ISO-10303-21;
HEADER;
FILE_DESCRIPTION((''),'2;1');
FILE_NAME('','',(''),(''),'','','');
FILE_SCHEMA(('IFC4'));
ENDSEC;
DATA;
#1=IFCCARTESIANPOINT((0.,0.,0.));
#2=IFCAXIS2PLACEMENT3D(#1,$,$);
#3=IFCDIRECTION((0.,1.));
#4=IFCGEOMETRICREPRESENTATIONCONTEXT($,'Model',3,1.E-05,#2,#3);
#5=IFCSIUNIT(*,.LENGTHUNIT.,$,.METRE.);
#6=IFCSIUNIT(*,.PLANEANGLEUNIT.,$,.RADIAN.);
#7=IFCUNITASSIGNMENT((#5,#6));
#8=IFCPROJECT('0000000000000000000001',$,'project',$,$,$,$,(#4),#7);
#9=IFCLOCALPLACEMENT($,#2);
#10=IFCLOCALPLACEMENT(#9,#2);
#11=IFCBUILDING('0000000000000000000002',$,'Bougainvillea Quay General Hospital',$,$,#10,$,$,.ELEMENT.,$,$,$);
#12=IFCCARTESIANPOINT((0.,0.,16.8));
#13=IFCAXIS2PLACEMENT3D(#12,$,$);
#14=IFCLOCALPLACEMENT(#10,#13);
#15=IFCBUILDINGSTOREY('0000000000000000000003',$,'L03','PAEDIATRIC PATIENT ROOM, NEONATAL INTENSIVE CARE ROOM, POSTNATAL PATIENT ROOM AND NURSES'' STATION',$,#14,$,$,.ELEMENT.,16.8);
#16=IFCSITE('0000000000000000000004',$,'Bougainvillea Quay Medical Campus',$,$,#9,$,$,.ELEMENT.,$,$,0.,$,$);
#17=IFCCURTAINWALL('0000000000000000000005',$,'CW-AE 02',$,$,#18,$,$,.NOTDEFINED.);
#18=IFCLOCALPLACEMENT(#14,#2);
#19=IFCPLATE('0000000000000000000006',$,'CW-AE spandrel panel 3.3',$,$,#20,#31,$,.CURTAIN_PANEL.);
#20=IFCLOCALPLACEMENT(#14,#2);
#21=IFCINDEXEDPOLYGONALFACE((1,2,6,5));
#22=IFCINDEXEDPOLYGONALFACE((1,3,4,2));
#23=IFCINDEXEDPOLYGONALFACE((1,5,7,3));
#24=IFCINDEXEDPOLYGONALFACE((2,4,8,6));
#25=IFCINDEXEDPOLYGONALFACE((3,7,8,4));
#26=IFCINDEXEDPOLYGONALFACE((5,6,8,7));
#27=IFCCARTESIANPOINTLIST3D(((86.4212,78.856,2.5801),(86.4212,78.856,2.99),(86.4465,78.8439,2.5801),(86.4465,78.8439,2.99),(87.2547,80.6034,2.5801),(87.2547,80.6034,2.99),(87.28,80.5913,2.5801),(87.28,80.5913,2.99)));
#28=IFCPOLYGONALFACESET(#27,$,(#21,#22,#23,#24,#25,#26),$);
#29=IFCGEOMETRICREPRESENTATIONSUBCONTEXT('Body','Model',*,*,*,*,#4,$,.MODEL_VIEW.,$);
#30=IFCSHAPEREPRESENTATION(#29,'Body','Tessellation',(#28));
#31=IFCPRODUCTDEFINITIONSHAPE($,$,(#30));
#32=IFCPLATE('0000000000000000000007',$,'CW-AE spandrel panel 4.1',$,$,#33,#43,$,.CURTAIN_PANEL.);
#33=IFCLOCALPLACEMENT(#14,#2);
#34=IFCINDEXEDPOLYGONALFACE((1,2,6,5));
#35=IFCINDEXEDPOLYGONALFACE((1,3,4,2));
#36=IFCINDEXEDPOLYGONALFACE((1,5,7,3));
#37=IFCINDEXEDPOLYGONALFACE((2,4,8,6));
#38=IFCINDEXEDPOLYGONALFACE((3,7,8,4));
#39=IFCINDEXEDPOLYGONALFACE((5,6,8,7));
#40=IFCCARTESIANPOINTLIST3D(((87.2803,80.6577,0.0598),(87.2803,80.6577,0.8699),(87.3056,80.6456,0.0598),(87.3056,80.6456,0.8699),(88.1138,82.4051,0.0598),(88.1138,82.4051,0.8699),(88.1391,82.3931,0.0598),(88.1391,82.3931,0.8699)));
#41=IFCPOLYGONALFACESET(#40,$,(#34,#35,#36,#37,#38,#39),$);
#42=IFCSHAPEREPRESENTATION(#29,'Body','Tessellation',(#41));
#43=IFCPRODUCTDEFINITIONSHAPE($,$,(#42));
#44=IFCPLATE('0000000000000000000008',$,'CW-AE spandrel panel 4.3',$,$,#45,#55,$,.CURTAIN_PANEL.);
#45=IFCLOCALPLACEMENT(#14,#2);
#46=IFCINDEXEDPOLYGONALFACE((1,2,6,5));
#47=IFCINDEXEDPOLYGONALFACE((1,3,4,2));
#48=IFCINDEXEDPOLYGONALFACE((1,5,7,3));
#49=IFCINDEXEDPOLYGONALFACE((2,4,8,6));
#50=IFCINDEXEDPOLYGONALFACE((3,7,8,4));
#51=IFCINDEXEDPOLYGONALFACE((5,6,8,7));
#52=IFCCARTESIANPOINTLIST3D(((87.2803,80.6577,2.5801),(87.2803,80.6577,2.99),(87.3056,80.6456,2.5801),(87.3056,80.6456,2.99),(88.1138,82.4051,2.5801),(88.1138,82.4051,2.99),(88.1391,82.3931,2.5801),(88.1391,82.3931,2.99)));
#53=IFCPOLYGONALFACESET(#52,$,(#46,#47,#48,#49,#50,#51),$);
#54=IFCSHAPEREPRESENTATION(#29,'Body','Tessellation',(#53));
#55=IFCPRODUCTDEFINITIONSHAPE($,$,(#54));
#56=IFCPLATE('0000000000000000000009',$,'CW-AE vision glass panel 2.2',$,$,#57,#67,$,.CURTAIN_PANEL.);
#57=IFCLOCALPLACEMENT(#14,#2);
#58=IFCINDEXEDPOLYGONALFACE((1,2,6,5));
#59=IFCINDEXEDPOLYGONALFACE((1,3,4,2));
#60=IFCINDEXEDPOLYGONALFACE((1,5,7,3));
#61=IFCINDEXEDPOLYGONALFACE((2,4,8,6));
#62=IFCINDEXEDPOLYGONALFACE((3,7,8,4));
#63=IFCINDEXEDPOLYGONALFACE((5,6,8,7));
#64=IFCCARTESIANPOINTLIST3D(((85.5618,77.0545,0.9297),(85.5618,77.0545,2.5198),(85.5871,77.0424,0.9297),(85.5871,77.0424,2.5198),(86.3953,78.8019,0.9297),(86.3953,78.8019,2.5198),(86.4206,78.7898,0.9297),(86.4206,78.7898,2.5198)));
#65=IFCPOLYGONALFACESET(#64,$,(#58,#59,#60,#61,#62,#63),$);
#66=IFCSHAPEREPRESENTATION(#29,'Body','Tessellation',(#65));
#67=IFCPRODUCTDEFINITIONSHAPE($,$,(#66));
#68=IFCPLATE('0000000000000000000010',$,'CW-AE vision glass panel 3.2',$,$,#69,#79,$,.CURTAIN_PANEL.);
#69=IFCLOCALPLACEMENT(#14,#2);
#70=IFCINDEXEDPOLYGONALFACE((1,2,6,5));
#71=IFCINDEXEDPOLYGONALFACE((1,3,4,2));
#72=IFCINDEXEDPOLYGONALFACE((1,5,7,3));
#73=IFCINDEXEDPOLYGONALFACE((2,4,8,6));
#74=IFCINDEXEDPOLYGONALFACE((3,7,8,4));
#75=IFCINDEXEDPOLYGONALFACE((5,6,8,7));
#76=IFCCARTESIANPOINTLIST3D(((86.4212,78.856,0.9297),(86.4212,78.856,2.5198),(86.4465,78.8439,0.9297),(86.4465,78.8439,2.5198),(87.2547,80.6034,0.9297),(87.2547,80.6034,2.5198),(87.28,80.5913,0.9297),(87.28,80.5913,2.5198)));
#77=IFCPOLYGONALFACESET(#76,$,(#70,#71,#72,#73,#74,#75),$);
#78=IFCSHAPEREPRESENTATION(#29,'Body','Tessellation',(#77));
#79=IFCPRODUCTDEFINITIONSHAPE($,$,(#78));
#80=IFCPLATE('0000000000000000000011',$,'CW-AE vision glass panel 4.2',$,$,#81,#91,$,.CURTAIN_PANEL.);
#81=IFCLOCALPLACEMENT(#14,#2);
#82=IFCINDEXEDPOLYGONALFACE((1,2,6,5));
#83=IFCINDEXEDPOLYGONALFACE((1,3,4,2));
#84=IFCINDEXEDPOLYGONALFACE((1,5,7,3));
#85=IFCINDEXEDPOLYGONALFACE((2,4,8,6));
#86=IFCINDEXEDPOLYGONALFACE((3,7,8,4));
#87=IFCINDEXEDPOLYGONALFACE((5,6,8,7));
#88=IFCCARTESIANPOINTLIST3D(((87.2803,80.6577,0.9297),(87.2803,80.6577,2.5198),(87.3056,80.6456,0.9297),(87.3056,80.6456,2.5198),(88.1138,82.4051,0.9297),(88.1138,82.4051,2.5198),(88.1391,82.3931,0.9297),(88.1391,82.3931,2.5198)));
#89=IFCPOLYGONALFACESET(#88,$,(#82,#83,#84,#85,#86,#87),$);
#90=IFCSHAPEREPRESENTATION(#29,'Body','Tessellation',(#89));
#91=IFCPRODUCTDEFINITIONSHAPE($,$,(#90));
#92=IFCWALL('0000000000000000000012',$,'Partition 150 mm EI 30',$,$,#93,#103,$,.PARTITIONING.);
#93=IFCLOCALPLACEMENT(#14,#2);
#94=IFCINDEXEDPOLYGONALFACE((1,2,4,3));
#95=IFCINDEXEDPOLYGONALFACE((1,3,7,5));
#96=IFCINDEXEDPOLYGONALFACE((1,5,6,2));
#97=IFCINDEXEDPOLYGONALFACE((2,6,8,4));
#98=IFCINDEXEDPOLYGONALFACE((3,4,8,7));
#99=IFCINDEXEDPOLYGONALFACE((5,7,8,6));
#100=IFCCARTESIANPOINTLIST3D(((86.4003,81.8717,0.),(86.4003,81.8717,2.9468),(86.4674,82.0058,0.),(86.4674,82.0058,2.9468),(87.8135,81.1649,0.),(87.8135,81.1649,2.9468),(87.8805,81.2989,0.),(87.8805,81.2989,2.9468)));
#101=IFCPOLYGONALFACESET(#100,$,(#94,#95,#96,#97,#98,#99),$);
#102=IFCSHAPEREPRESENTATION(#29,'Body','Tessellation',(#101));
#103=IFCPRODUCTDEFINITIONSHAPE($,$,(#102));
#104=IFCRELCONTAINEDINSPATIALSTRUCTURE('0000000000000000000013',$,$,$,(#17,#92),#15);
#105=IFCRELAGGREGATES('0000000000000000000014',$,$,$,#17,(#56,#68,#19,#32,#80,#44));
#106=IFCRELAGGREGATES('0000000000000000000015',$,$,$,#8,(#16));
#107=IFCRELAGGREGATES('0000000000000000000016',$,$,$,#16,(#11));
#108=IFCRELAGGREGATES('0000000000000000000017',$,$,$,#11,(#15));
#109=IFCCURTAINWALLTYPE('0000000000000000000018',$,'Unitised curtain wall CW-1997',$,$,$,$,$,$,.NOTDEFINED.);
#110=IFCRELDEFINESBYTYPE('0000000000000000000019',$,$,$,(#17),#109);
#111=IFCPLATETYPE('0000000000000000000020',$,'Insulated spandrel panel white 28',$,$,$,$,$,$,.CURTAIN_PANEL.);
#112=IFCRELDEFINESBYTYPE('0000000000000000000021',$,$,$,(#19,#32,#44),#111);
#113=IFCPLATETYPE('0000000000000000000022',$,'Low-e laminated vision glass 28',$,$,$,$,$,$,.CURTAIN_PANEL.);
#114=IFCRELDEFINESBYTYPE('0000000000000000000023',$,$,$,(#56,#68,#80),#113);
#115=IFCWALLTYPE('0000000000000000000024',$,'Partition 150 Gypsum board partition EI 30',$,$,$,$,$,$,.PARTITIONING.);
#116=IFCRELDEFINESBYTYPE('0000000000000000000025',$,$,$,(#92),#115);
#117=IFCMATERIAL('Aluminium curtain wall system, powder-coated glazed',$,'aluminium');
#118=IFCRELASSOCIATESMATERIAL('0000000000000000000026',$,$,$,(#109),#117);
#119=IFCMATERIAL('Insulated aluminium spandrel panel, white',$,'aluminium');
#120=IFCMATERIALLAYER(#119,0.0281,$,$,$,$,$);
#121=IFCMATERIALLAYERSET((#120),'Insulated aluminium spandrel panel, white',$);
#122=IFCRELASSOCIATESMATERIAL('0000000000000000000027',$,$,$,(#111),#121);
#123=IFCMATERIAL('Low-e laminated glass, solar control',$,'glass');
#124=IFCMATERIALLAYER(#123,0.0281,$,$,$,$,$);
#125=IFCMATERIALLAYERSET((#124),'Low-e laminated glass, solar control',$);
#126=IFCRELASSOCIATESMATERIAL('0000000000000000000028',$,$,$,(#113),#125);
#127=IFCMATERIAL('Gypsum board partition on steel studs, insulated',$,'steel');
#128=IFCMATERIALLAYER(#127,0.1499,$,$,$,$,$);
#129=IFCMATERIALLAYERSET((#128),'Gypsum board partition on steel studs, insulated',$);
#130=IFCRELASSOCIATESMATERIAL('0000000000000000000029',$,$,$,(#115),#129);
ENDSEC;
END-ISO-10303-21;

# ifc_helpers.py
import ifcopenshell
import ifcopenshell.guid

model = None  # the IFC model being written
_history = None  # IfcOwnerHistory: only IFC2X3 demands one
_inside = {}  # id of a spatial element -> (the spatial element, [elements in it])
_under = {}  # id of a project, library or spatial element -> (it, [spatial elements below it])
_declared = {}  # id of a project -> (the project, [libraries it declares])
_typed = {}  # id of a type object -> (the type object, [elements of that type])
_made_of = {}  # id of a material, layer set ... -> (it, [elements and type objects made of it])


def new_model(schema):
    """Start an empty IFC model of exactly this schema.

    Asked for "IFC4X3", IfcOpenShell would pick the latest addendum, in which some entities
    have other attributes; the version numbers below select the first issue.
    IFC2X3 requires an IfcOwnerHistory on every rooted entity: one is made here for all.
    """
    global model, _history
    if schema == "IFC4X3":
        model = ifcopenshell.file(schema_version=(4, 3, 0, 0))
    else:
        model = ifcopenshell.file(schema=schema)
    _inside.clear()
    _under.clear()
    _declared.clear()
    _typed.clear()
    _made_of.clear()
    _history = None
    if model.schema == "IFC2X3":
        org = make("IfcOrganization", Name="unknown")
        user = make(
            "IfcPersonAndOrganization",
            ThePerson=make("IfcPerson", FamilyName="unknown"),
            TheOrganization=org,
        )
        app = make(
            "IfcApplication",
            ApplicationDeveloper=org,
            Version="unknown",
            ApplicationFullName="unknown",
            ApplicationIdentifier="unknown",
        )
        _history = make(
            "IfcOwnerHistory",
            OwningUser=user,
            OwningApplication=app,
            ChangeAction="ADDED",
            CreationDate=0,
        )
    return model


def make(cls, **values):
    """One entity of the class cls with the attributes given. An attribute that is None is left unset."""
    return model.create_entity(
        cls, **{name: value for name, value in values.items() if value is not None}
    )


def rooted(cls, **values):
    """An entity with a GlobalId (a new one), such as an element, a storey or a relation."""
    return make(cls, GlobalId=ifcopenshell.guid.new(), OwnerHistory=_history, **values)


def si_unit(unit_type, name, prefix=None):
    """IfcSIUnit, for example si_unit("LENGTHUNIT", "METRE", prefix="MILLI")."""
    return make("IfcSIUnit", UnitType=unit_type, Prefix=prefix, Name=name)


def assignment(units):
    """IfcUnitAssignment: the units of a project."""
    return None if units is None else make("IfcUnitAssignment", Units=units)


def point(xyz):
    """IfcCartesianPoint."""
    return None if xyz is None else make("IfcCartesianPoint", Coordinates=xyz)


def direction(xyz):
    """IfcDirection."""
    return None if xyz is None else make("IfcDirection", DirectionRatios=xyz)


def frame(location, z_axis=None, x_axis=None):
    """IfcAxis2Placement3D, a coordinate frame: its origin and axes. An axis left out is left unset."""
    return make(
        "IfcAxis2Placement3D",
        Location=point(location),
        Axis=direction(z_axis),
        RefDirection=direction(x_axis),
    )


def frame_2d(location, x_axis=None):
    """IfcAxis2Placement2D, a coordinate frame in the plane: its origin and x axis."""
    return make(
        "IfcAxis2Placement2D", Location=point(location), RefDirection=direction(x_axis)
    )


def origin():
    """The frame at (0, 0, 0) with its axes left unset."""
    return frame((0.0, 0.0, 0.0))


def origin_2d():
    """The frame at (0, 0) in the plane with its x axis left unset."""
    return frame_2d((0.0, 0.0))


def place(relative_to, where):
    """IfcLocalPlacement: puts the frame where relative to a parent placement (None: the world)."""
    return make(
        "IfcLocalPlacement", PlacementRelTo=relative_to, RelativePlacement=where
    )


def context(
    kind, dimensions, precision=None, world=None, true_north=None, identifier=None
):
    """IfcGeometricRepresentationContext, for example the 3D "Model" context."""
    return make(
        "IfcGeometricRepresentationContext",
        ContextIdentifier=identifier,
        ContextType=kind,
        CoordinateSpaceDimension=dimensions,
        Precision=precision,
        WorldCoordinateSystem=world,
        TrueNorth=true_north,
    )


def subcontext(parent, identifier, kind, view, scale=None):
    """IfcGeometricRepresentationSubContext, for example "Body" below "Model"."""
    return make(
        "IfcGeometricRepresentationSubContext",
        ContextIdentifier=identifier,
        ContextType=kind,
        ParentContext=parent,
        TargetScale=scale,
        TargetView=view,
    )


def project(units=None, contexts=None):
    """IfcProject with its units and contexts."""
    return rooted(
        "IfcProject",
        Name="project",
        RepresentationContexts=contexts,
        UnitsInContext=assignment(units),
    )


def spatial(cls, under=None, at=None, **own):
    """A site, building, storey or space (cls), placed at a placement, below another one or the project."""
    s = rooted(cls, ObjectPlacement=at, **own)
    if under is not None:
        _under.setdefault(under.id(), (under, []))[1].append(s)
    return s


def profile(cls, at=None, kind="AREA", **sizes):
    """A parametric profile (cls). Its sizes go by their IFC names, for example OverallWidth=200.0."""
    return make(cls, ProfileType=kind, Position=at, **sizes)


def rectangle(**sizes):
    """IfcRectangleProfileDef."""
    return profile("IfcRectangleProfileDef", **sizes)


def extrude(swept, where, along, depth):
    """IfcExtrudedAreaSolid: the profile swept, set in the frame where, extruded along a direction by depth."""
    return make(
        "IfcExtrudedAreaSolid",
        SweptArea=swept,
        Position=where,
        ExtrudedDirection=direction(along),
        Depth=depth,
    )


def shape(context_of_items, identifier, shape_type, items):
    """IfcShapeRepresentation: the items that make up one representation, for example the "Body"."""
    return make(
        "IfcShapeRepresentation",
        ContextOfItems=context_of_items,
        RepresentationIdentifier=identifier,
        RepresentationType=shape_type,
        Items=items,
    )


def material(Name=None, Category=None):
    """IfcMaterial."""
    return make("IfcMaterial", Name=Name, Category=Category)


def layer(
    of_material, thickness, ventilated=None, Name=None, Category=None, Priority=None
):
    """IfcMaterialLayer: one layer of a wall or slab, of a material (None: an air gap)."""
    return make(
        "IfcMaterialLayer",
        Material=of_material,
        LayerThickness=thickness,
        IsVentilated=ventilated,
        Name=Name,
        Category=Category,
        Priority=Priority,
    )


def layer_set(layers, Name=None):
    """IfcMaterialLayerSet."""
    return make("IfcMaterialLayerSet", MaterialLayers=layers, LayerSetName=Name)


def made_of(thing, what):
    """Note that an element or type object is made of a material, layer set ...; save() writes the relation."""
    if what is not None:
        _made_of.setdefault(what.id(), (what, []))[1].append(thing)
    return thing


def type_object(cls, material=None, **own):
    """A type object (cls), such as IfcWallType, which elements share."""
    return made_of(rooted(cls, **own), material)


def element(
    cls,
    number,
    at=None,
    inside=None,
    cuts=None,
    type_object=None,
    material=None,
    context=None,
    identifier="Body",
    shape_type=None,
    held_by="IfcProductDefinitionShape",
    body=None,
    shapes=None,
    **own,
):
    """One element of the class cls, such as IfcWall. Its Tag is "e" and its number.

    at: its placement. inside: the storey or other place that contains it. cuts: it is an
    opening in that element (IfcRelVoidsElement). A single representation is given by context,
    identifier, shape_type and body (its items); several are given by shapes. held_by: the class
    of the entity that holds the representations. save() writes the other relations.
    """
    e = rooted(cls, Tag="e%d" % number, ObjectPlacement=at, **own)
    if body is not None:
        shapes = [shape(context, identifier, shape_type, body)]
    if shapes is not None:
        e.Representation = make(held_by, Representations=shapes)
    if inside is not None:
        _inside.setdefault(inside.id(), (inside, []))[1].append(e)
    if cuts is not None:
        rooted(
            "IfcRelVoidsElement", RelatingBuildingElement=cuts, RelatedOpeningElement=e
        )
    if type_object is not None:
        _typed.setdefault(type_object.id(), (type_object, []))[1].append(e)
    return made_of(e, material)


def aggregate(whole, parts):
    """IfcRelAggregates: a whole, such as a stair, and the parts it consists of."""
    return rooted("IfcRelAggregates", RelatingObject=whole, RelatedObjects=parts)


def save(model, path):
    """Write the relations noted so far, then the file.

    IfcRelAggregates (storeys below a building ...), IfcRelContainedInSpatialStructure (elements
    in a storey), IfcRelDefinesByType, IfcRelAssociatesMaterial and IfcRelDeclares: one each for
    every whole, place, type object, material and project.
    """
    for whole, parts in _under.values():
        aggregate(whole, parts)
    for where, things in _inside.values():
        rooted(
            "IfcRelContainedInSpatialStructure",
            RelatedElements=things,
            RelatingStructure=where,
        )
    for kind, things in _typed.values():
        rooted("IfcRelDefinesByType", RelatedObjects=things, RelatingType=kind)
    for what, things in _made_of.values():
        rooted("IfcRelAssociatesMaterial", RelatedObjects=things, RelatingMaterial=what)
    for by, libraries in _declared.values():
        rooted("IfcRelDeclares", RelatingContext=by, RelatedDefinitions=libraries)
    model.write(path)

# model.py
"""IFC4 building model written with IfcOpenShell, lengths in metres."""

from ifc_helpers import new_model, si_unit, direction, frame, frame_2d, origin, origin_2d, place, context, subcontext, project, spatial, rectangle, extrude, material, layer, layer_set, type_object, element, aggregate, save


model = new_model("IFC4")

# Units and contexts
model_context = context("Model", 3, precision=1e-05, world=origin(), true_north=direction((0.0, 1.0)))
body_context = subcontext(model_context, "Body", "Model", "MODEL_VIEW")
ifc_project = project(units=[si_unit("LENGTHUNIT", "METRE"), si_unit("PLANEANGLEUNIT", "RADIAN")], contexts=[model_context])

# Site, building, storey
site_placement = place(None, origin())
site = spatial("IfcSite", under=ifc_project, at=site_placement, Name="Bougainvillea Quay Medical Campus", CompositionType="ELEMENT", RefElevation=0.0)
building_placement = place(site_placement, origin())
building = spatial("IfcBuilding", under=site, at=building_placement, Name="Bougainvillea Quay General Hospital", CompositionType="ELEMENT")
storey_placement = place(building_placement, frame((0.0, 0.0, 16.8)))
storey = spatial("IfcBuildingStorey", under=building, at=storey_placement, Name="L03", Description="PAEDIATRIC PATIENT ROOM, NEONATAL INTENSIVE CARE ROOM, POSTNATAL PATIENT ROOM AND NURSES' STATION", CompositionType="ELEMENT", Elevation=16.8)

# Curtain wall
ifc_material_1 = material(Name="Aluminium curtain wall system, powder-coated glazed", Category="aluminium")
curtain_wall_type = type_object("IfcCurtainWallType", Name="Unitised curtain wall CW-1997", PredefinedType="NOTDEFINED", material=ifc_material_1)
curtain_wall_placement = place(storey_placement, origin())
curtain_wall = element("IfcCurtainWall", 1, at=curtain_wall_placement, inside=storey, type_object=curtain_wall_type, Name="CW-AE 02", PredefinedType="NOTDEFINED")

# Plates
ifc_material_2 = material(Name="Insulated aluminium spandrel panel, white", Category="aluminium")
ifc_layer_1 = layer(ifc_material_2, 0.0281)
ifc_layer_set_1 = layer_set([ifc_layer_1], Name="Insulated aluminium spandrel panel, white")
plate_type_1 = type_object("IfcPlateType", Name="Insulated spandrel panel white 28", PredefinedType="CURTAIN_PANEL", material=ifc_layer_set_1)
plate_1_placement = place(storey_placement, frame((86.8506, 79.7236, 2.5801), z_axis=(0.0, 0.0, 1.0), x_axis=(0.430525, 0.902578, 0.0)))
plate_1 = element("IfcPlate", 2, at=plate_1_placement, type_object=plate_type_1, Name="CW-AE spandrel panel 3.3", PredefinedType="CURTAIN_PANEL", context=body_context, shape_type="SweptSolid", body=[
    extrude(rectangle(XDim=1.936, YDim=0.0281, at=origin_2d()), origin(), (0.0, 0.0, 1.0), 0.4099),
])
plate_2_placement = place(storey_placement, frame((87.7097, 81.5254, 0.0598), z_axis=(0.0, 0.0, 1.0), x_axis=(0.430525, 0.902578, 0.0)))
plate_2 = element("IfcPlate", 3, at=plate_2_placement, type_object=plate_type_1, Name="CW-AE spandrel panel 4.1", PredefinedType="CURTAIN_PANEL", context=body_context, shape_type="SweptSolid", body=[
    extrude(rectangle(XDim=1.936, YDim=0.0281, at=origin_2d()), origin(), (0.0, 0.0, 1.0), 0.8101),
])
plate_3_placement = place(storey_placement, frame((87.7097, 81.5254, 2.5801), z_axis=(0.0, 0.0, 1.0), x_axis=(0.430525, 0.902578, 0.0)))
plate_3 = element("IfcPlate", 4, at=plate_3_placement, type_object=plate_type_1, Name="CW-AE spandrel panel 4.3", PredefinedType="CURTAIN_PANEL", context=body_context, shape_type="SweptSolid", body=[
    extrude(rectangle(XDim=1.936, YDim=0.0281, at=origin_2d()), origin(), (0.0, 0.0, 1.0), 0.4099),
])
ifc_material_3 = material(Name="Low-e laminated glass, solar control", Category="glass")
ifc_layer_2 = layer(ifc_material_3, 0.0281)
ifc_layer_set_2 = layer_set([ifc_layer_2], Name="Low-e laminated glass, solar control")
plate_type_2 = type_object("IfcPlateType", Name="Low-e laminated vision glass 28", PredefinedType="CURTAIN_PANEL", material=ifc_layer_set_2)
plate_4_placement = place(storey_placement, frame((85.9912, 77.9221, 0.9297), z_axis=(0.0, 0.0, 1.0), x_axis=(0.430525, 0.902578, 0.0)))
plate_4 = element("IfcPlate", 5, at=plate_4_placement, type_object=plate_type_2, Name="CW-AE vision glass panel 2.2", PredefinedType="CURTAIN_PANEL", context=body_context, shape_type="SweptSolid", body=[
    extrude(rectangle(XDim=1.936, YDim=0.0281, at=origin_2d()), origin(), (0.0, 0.0, 1.0), 1.5901),
])
plate_5_placement = place(storey_placement, frame((86.8506, 79.7236, 0.9297), z_axis=(0.0, 0.0, 1.0), x_axis=(0.430525, 0.902578, 0.0)))
plate_5 = element("IfcPlate", 6, at=plate_5_placement, type_object=plate_type_2, Name="CW-AE vision glass panel 3.2", PredefinedType="CURTAIN_PANEL", context=body_context, shape_type="SweptSolid", body=[
    extrude(rectangle(XDim=1.936, YDim=0.0281, at=origin_2d()), origin(), (0.0, 0.0, 1.0), 1.5901),
])
plate_6_placement = place(storey_placement, frame((87.7097, 81.5254, 0.9297), z_axis=(0.0, 0.0, 1.0), x_axis=(0.430525, 0.902578, 0.0)))
plate_6 = element("IfcPlate", 7, at=plate_6_placement, type_object=plate_type_2, Name="CW-AE vision glass panel 4.2", PredefinedType="CURTAIN_PANEL", context=body_context, shape_type="SweptSolid", body=[
    extrude(rectangle(XDim=1.936, YDim=0.0281, at=origin_2d()), origin(), (0.0, 0.0, 1.0), 1.5901),
])
aggregate(curtain_wall, [plate_4, plate_5, plate_1, plate_2, plate_6, plate_3])

# Wall
ifc_material_4 = material(Name="Gypsum board partition on steel studs, insulated", Category="steel")
ifc_layer_3 = layer(ifc_material_4, 0.1499)
ifc_layer_set_3 = layer_set([ifc_layer_3], Name="Gypsum board partition on steel studs, insulated")
wall_type = type_object("IfcWallType", Name="Partition 150 Gypsum board partition EI 30", PredefinedType="PARTITIONING", material=ifc_layer_set_3)
wall_placement = place(storey_placement, frame((86.4338, 81.9387, 0.0), z_axis=(0.0, 0.0, 1.0), x_axis=(0.894365, -0.447337, 0.0)))
element("IfcWall", 8, at=wall_placement, inside=storey, type_object=wall_type, Name="Partition 150 mm EI 30", PredefinedType="PARTITIONING", context=body_context, shape_type="SweptSolid", body=[
    extrude(rectangle(XDim=1.5801, YDim=0.1499, at=frame_2d((0.79, 0.0))), origin(), (0.0, 0.0, 1.0), 2.9468),
])

save(model, "model.ifc")
